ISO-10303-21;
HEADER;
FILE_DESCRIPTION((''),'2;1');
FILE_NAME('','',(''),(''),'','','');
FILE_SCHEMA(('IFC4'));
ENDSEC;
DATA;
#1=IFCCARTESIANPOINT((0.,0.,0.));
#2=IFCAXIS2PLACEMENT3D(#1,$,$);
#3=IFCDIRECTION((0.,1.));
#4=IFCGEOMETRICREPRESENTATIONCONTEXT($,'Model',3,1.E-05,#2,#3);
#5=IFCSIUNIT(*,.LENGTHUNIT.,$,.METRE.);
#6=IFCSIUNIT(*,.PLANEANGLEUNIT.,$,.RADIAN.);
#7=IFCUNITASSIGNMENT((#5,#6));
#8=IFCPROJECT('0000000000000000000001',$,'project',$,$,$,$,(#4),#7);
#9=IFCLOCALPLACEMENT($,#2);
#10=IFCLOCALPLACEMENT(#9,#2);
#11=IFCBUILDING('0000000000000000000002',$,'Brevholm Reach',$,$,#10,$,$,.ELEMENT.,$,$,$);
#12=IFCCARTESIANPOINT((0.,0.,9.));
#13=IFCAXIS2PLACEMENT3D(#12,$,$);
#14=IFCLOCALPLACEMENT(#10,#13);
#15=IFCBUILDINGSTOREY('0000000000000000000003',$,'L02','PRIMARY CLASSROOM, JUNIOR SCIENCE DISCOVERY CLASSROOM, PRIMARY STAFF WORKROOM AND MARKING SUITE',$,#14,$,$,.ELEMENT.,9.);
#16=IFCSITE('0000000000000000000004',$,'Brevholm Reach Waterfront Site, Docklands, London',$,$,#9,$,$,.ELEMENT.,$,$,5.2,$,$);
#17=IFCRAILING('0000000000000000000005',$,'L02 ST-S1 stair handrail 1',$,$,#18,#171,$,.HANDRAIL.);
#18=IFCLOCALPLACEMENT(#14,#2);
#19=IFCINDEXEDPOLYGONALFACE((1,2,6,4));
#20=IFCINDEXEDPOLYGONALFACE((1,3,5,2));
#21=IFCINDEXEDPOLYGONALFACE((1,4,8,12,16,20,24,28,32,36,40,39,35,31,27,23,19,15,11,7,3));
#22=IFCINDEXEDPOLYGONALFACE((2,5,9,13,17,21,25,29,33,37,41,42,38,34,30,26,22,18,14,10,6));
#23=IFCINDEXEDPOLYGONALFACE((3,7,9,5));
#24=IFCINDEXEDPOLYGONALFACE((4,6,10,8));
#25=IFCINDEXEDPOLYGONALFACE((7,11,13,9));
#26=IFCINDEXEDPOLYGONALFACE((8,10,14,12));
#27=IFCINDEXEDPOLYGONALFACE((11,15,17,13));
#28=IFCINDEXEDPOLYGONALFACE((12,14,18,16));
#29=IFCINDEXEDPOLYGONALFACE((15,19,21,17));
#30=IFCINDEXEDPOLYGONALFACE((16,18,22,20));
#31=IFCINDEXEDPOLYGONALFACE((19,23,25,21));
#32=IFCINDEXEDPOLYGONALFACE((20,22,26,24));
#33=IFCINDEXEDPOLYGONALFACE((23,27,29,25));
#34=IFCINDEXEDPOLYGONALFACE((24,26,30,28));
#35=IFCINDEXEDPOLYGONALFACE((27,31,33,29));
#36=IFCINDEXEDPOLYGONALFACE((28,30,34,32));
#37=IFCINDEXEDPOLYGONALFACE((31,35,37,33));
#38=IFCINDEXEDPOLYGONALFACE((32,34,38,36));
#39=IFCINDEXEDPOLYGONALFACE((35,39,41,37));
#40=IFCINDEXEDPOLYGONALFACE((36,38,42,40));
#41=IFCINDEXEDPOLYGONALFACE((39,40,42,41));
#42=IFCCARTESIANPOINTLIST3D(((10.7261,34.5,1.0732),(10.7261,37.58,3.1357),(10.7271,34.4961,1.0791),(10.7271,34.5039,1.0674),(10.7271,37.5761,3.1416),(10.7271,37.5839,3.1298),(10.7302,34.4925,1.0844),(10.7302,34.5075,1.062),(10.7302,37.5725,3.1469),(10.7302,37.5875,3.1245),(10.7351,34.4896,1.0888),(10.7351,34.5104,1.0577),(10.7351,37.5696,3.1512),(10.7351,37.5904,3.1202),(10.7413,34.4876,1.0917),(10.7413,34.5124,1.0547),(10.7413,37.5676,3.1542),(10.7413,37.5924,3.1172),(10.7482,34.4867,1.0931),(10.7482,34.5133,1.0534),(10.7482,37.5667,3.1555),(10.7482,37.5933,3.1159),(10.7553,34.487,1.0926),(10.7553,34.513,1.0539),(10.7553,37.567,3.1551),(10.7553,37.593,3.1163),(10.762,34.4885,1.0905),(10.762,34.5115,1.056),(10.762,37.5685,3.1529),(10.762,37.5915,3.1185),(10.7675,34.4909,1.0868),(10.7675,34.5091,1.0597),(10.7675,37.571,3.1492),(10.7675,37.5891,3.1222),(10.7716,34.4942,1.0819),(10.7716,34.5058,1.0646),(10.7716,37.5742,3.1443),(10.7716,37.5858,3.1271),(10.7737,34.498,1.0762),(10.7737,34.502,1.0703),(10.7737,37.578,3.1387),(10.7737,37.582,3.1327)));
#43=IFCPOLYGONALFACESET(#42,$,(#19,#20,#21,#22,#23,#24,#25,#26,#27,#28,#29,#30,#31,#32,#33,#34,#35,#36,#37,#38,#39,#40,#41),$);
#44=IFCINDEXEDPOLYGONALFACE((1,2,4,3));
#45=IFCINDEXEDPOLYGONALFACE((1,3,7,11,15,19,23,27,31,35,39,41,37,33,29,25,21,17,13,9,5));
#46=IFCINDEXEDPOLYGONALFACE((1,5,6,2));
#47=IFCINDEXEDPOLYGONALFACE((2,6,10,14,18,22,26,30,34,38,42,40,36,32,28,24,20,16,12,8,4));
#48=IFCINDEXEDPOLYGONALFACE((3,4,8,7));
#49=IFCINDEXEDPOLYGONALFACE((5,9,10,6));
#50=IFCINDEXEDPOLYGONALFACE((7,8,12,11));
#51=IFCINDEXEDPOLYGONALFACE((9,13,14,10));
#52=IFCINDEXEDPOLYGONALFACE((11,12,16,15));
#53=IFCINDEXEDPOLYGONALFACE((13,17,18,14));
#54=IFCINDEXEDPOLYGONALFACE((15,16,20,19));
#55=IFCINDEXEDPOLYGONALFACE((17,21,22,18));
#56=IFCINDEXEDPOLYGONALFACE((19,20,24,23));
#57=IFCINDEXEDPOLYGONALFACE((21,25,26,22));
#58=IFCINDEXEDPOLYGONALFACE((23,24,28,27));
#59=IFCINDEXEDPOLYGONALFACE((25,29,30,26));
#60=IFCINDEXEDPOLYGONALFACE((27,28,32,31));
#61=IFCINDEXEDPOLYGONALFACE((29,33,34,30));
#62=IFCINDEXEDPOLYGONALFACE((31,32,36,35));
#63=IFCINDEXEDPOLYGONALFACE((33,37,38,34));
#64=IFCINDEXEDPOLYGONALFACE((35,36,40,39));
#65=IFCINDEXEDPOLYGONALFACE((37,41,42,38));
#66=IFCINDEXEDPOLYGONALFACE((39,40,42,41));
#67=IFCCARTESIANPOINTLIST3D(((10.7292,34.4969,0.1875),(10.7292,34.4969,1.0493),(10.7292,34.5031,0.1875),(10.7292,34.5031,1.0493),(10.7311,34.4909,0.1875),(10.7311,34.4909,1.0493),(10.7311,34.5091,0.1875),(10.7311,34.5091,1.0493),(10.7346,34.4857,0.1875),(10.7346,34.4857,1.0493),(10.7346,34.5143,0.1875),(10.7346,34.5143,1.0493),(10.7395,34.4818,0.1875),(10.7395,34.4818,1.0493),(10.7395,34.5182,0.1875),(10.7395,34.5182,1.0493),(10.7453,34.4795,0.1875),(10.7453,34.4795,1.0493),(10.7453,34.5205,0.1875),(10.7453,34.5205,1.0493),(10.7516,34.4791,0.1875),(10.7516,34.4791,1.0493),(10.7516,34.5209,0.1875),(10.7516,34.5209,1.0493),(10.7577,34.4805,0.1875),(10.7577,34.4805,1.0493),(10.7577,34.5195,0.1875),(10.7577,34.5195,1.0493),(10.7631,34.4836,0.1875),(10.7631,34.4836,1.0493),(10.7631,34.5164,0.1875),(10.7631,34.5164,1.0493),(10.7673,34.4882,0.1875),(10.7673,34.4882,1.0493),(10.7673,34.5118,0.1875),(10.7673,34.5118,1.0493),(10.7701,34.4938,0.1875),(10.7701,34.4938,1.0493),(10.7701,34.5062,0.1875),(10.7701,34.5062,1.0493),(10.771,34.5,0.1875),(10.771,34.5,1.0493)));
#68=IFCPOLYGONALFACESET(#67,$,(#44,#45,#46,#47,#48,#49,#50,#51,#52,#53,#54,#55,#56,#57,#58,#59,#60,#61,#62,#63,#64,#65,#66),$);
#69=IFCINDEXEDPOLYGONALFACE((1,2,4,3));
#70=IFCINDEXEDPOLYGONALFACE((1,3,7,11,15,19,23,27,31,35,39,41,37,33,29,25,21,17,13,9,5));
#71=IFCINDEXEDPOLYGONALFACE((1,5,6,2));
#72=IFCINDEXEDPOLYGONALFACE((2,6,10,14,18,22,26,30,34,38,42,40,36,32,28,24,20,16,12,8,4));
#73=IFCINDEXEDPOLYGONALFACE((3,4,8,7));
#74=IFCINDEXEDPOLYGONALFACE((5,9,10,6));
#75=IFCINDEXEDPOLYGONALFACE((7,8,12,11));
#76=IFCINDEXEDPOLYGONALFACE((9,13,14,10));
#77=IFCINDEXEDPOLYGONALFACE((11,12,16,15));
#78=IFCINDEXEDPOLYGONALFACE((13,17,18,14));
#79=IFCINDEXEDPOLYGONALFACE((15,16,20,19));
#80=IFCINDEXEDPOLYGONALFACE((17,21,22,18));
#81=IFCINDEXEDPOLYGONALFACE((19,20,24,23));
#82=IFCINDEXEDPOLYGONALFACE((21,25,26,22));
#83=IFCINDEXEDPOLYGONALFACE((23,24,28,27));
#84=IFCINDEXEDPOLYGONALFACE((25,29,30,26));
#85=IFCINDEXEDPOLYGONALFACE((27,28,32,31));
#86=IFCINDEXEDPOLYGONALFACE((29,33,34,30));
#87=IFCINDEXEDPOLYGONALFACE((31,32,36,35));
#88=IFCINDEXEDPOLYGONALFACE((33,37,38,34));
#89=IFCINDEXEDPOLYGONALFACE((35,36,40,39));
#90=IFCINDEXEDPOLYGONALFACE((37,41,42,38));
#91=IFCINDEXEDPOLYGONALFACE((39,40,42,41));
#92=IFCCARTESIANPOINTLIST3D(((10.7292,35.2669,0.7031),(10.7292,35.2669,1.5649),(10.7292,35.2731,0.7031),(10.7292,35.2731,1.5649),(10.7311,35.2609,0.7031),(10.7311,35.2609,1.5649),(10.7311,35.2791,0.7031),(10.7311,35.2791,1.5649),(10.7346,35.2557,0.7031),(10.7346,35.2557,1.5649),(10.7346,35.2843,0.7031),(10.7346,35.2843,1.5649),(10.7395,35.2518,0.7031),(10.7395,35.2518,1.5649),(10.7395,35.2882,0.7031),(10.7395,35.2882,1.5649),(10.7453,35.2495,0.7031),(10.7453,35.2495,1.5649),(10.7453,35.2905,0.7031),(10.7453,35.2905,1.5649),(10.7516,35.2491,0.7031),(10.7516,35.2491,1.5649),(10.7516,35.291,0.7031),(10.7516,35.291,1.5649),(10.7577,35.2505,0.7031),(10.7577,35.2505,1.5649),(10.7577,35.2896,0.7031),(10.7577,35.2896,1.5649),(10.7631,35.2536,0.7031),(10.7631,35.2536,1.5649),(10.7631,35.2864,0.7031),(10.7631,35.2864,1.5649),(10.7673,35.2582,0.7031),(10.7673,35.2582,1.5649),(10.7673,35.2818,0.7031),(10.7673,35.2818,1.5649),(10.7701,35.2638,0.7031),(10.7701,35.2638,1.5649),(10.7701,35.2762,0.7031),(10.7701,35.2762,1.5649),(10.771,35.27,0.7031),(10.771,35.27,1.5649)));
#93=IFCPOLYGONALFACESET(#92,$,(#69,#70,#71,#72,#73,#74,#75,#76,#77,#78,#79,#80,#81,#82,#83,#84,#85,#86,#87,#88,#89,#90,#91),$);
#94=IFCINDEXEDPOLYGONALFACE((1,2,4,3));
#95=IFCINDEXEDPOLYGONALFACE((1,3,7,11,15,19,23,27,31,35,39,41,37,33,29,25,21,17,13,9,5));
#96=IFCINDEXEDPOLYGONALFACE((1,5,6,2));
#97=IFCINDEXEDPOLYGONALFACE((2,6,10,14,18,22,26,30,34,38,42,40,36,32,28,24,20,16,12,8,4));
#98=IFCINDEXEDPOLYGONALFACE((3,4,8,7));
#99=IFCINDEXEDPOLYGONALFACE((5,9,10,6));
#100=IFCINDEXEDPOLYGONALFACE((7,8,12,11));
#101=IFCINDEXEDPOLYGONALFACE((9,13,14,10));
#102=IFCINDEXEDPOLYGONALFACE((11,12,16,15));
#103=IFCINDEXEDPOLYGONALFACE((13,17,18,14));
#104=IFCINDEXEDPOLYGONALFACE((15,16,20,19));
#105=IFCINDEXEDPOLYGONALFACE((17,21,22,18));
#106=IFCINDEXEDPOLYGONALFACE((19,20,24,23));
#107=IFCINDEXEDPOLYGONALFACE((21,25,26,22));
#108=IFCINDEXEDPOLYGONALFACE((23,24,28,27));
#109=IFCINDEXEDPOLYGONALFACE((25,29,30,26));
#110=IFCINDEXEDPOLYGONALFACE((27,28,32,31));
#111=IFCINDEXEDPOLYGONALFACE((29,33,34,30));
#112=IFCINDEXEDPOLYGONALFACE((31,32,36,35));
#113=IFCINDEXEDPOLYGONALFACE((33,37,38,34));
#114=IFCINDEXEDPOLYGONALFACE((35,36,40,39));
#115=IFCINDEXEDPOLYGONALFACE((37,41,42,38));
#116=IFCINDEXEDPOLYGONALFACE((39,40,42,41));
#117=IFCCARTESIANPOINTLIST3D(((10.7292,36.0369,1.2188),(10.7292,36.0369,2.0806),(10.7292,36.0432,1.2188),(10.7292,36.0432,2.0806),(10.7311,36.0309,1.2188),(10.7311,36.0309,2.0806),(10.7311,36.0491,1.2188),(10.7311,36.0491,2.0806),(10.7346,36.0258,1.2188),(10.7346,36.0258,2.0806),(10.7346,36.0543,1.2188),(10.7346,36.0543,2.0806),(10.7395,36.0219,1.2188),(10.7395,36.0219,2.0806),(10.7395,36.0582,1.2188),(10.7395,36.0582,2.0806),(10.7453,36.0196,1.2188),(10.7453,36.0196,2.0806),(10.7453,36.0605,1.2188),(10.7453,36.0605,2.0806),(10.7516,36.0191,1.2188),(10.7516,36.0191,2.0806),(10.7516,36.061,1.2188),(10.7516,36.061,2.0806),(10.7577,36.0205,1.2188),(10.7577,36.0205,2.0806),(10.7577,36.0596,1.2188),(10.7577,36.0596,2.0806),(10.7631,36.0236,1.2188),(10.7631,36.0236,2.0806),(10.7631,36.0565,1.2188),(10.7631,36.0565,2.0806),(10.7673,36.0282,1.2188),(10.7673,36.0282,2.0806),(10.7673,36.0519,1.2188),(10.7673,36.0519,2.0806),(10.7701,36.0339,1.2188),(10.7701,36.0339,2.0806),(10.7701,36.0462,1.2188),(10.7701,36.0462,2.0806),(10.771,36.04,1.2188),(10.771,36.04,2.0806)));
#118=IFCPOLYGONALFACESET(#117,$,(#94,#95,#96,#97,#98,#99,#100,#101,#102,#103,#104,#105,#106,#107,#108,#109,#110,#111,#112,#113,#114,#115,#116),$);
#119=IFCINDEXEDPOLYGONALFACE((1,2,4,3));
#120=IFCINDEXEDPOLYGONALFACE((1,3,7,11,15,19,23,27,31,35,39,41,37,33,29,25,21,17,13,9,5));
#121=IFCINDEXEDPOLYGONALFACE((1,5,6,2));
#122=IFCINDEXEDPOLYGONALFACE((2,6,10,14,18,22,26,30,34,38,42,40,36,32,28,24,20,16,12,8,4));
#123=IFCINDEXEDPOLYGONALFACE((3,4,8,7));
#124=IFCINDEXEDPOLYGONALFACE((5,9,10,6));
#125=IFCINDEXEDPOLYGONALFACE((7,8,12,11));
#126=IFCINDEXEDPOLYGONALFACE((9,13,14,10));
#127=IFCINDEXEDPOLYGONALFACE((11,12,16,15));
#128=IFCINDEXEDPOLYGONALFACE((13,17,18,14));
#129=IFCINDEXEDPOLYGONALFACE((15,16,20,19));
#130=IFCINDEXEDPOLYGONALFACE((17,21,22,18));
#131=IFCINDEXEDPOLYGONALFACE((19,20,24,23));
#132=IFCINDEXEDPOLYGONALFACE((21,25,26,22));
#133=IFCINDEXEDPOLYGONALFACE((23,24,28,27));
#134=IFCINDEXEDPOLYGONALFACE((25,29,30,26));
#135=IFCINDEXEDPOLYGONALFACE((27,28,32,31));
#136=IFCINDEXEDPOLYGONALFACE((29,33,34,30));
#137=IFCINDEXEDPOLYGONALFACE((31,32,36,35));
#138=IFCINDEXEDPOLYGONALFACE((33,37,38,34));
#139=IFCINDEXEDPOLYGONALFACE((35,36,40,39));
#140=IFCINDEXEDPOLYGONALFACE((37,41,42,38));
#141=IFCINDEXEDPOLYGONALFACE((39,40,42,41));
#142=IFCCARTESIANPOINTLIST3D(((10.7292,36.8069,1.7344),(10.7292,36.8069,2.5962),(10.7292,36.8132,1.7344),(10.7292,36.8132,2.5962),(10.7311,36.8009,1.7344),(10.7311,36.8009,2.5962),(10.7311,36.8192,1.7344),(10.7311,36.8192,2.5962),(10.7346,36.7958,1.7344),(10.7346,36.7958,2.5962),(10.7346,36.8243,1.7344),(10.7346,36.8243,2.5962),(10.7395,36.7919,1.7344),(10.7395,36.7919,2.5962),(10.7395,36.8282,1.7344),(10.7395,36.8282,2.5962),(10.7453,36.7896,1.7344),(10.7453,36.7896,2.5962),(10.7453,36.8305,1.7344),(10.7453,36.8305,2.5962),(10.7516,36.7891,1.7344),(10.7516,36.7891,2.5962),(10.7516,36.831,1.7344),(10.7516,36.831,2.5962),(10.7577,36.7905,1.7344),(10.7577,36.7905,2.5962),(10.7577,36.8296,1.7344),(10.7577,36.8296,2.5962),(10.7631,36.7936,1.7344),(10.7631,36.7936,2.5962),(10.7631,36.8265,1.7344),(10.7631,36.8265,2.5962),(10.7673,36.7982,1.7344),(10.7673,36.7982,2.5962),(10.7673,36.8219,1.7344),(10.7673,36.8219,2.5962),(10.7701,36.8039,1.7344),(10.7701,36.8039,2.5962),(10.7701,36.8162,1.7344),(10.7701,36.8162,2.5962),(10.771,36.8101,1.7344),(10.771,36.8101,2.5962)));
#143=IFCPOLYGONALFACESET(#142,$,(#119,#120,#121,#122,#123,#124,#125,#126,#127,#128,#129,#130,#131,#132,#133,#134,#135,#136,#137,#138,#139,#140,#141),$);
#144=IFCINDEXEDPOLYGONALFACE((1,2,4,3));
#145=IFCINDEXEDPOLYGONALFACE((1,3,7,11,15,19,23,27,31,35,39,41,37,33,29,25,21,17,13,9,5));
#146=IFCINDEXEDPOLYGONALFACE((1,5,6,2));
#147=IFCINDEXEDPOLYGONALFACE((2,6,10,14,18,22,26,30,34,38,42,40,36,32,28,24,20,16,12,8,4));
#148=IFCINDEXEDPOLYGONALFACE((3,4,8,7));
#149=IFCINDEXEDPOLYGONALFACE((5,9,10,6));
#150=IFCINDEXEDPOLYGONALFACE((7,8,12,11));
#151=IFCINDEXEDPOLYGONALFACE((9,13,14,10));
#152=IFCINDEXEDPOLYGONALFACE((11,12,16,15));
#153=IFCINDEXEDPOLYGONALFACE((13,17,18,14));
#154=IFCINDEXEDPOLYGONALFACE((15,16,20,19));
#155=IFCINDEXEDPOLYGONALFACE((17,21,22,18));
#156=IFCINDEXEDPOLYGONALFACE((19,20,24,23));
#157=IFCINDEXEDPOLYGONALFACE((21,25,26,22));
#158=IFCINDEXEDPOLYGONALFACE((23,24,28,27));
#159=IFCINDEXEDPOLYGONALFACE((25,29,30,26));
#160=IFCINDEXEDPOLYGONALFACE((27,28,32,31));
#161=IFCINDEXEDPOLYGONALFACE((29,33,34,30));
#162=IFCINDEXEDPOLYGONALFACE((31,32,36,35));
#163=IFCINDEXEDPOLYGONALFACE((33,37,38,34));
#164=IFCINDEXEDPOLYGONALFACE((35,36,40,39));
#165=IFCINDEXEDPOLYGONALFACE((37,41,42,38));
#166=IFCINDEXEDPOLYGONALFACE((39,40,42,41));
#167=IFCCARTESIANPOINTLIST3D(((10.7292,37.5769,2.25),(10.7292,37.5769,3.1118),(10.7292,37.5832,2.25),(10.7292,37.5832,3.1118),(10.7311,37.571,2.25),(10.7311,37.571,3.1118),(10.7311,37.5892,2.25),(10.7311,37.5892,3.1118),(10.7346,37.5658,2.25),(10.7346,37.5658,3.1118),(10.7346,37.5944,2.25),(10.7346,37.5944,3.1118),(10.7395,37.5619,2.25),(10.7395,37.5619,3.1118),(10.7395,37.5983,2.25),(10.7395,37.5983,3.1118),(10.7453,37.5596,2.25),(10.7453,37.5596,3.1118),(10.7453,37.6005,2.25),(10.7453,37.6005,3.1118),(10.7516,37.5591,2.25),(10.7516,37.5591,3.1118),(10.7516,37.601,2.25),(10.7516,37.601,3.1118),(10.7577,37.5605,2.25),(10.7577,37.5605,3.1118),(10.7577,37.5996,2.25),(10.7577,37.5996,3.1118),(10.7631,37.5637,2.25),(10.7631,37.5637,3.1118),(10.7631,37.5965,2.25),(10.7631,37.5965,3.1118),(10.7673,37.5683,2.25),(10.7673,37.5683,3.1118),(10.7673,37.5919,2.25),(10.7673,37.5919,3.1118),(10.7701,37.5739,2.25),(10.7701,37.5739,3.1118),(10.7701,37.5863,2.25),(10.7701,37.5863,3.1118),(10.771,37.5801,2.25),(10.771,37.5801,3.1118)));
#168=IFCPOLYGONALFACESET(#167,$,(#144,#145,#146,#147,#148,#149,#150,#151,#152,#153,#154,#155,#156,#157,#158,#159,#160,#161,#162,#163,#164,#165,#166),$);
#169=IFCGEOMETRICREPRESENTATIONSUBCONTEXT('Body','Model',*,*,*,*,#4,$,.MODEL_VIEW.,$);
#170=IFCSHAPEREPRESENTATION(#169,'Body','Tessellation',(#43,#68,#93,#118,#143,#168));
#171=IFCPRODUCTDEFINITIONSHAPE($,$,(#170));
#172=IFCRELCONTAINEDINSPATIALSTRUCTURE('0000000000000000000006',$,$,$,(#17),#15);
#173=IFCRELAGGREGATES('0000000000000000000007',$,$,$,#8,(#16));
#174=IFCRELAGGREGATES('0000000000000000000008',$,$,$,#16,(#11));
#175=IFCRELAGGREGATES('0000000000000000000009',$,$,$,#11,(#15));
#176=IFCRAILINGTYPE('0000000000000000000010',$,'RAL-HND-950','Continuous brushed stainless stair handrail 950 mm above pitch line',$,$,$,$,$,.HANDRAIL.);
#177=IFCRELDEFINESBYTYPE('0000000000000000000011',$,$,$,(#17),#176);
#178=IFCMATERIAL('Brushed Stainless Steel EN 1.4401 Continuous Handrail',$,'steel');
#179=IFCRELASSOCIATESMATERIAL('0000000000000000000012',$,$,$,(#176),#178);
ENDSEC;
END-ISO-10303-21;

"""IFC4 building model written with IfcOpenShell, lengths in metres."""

from ifc_helpers import new_model, si_unit, direction, frame, origin, origin_2d, place, context, subcontext, project, spatial, circle, extrude, material, type_object, element, save


model = new_model("IFC4")

# Units and contexts
model_context = context("Model", 3, precision=1e-05, world=origin(), true_north=direction((0.0, 1.0)))
body_context = subcontext(model_context, "Body", "Model", "MODEL_VIEW")
ifc_project = project(units=[si_unit("LENGTHUNIT", "METRE"), si_unit("PLANEANGLEUNIT", "RADIAN")], contexts=[model_context])

# Site, building, storey
site_placement = place(None, origin())
site = spatial("IfcSite", under=ifc_project, at=site_placement, Name="Brevholm Reach Waterfront Site, Docklands, London", CompositionType="ELEMENT", RefElevation=5.2)
building_placement = place(site_placement, origin())
building = spatial("IfcBuilding", under=site, at=building_placement, Name="Brevholm Reach", CompositionType="ELEMENT")
storey_placement = place(building_placement, frame((0.0, 0.0, 9.0)))
storey = spatial("IfcBuildingStorey", under=building, at=storey_placement, Name="L02", Description="PRIMARY CLASSROOM, JUNIOR SCIENCE DISCOVERY CLASSROOM, PRIMARY STAFF WORKROOM AND MARKING SUITE", CompositionType="ELEMENT", Elevation=9.0)

# Railing
ifc_material_1 = material(Name="Brushed Stainless Steel EN 1.4401 Continuous Handrail", Category="steel")
railing_type_1 = type_object("IfcRailingType", Name="RAL-HND-950", Description="Continuous brushed stainless stair handrail 950 mm above pitch line", PredefinedType="HANDRAIL", material=ifc_material_1)
for number, where, name in (
    (1, (10.75, 34.5, 0.1875), "L02 ST-S1 stair handrail 1"),
):
    element("IfcRailing", number, at=place(storey_placement, frame(where)), inside=storey, type_object=railing_type_1, Name=name, PredefinedType="HANDRAIL", context=body_context, shape_type="SweptSolid", body=[
        extrude(circle(Radius=0.0239, at=origin_2d()), frame((0.0, 0.0, 0.8857), z_axis=(0.0, 0.830914, 0.556401), x_axis=(-1.0, 0.0, 0.0)), (0.0, 0.0, 1.0), 3.7068),
        extrude(circle(Radius=0.021, at=origin_2d()), origin(), (0.0, 0.0, 1.0), 0.8618),
        extrude(circle(Radius=0.021, at=origin_2d()), frame((0.0, 0.77, 0.5156)), (0.0, 0.0, 1.0), 0.8618),
        extrude(circle(Radius=0.021, at=origin_2d()), frame((0.0, 1.54, 1.0312)), (0.0, 0.0, 1.0), 0.8618),
        extrude(circle(Radius=0.021, at=origin_2d()), frame((0.0, 2.3101, 1.5469)), (0.0, 0.0, 1.0), 0.8618),
        extrude(circle(Radius=0.021, at=origin_2d()), frame((0.0, 3.0801, 2.0625)), (0.0, 0.0, 1.0), 0.8618),
    ])

save(model, "model.ifc")
